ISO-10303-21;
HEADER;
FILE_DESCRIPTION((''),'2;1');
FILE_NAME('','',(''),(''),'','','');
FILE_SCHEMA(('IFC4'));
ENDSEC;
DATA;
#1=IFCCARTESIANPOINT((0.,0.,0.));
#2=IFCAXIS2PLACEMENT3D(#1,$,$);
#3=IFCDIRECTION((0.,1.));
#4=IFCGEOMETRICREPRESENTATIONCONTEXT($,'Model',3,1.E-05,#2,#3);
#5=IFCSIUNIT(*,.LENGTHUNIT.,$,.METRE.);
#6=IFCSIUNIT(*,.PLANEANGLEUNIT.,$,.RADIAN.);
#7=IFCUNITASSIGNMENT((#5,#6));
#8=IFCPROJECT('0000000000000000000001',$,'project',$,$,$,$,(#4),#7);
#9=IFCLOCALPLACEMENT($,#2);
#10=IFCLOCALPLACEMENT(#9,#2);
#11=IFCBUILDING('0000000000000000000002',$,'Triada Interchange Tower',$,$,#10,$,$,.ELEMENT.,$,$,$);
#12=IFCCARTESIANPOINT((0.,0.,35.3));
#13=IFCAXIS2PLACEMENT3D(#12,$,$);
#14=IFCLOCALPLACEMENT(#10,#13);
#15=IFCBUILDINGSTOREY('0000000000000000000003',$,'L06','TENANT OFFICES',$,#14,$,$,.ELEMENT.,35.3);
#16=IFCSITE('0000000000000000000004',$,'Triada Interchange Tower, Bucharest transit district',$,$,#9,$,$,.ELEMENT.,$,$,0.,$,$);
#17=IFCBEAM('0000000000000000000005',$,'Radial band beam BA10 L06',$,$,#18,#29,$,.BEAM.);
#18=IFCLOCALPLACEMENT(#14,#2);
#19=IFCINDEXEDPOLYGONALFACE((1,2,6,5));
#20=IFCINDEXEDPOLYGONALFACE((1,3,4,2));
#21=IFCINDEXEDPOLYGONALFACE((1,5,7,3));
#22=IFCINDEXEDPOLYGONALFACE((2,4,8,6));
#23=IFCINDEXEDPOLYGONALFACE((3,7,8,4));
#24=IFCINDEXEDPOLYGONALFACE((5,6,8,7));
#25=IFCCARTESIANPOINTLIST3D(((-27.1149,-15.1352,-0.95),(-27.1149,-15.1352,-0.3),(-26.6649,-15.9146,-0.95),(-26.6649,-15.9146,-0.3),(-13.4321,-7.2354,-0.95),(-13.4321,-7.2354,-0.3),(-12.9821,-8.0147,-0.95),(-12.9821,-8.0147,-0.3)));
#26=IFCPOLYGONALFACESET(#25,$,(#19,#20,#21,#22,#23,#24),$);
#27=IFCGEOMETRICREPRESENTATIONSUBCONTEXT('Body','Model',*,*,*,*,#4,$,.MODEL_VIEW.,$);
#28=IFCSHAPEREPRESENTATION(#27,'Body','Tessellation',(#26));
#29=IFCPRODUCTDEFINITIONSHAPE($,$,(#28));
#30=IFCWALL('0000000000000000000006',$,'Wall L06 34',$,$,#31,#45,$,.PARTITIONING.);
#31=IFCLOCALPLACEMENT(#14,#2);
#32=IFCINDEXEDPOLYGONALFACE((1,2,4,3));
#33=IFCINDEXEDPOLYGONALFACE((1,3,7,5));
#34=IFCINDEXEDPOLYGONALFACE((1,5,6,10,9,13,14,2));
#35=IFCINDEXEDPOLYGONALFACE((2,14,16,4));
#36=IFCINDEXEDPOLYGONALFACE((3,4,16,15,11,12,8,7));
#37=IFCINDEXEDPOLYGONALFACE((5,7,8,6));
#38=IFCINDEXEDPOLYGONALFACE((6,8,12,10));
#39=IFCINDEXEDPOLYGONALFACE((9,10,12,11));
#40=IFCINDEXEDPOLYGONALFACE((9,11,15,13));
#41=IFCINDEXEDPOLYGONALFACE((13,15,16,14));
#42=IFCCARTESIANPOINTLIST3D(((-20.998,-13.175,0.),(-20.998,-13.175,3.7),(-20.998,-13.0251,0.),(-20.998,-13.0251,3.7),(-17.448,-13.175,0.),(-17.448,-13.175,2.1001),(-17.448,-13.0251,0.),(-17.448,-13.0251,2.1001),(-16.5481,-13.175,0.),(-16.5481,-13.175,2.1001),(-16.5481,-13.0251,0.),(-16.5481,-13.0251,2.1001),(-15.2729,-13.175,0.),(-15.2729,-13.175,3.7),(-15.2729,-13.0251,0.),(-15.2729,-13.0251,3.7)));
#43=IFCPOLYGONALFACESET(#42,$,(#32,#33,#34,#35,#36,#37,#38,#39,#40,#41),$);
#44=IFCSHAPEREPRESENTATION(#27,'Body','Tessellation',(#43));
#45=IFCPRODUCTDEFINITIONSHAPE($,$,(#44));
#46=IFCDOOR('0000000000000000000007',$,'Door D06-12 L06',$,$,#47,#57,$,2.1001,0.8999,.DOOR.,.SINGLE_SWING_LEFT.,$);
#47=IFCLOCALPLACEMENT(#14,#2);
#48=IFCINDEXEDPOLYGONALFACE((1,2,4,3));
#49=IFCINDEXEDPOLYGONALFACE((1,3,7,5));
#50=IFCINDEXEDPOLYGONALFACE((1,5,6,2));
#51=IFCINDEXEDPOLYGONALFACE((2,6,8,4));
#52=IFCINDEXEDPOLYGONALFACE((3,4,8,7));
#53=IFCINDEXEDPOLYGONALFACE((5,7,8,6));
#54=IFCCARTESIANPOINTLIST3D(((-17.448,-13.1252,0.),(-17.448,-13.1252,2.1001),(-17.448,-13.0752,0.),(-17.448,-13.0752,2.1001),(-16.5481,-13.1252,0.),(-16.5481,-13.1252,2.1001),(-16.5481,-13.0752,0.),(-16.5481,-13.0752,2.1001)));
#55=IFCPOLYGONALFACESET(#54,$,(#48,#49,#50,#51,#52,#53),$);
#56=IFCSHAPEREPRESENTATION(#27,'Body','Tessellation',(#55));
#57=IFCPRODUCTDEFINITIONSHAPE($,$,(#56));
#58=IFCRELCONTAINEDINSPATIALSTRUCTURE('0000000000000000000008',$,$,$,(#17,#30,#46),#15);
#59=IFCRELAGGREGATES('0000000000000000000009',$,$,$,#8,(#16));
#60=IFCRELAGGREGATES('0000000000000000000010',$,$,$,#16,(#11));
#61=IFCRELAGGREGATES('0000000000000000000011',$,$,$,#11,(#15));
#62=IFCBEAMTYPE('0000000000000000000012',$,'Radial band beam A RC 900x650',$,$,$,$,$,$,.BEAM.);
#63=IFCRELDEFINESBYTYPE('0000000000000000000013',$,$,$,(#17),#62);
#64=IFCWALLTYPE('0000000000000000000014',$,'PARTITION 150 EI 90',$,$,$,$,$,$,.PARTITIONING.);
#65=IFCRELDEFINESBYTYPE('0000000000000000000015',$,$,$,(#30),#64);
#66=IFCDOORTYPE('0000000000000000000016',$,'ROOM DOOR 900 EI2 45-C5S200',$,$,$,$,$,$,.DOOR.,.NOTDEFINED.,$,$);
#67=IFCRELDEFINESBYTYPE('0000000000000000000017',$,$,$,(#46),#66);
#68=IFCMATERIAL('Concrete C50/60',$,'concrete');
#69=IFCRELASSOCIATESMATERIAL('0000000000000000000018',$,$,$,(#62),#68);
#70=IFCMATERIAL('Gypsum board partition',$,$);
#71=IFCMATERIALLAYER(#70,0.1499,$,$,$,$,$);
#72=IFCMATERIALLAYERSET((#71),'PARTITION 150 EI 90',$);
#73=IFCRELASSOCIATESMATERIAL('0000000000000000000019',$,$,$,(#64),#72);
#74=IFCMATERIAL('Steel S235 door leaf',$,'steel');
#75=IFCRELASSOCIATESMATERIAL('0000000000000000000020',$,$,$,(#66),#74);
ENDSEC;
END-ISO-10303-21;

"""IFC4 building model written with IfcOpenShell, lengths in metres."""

from ifc_helpers import new_model, si_unit, direction, frame, frame_2d, origin, origin_2d, place, context, subcontext, project, spatial, rectangle, extrude, material, layer, layer_set, material_profile, profile_set, type_object, element, fill, save


model = new_model("IFC4")

# Units and contexts
model_context = context("Model", 3, precision=1e-05, world=origin(), true_north=direction((0.0, 1.0)))
body_context = subcontext(model_context, "Body", "Model", "MODEL_VIEW")
ifc_project = project(units=[si_unit("LENGTHUNIT", "METRE"), si_unit("PLANEANGLEUNIT", "RADIAN")], contexts=[model_context])

# Site, building, storey
site_placement = place(None, origin())
site = spatial("IfcSite", under=ifc_project, at=site_placement, Name="Triada Interchange Tower, Bucharest transit district", CompositionType="ELEMENT", RefElevation=0.0)
building_placement = place(site_placement, origin())
building = spatial("IfcBuilding", under=site, at=building_placement, Name="Triada Interchange Tower", CompositionType="ELEMENT")
storey_placement = place(building_placement, frame((0.0, 0.0, 35.3)))
storey = spatial("IfcBuildingStorey", under=building, at=storey_placement, Name="L06", Description="TENANT OFFICES", CompositionType="ELEMENT", Elevation=35.3)

# Beam
ifc_material_1 = material(Name="Concrete C50/60", Category="concrete")
ifc_material_profile = material_profile(ifc_material_1, rectangle(XDim=0.8999, YDim=0.6499, at=origin_2d()), Name="RC 900x650")
ifc_profile_set = profile_set([ifc_material_profile], Name="Concrete C50/60")
beam_type = type_object("IfcBeamType", Name="Radial band beam A RC 900x650", PredefinedType="BEAM", material=ifc_profile_set)
beam_placement = place(storey_placement, frame((-26.8899, -15.5249, -0.625), z_axis=(0.866023, 0.500005, 0.0), x_axis=(-0.500005, 0.866023, 0.0)))
element("IfcBeam", 1, at=beam_placement, inside=storey, type_object=beam_type, Name="Radial band beam BA10 L06", PredefinedType="BEAM", context=body_context, shape_type="SweptSolid", body=[
    extrude(rectangle(XDim=0.8999, YDim=0.6499, at=origin_2d()), origin(), (0.0, 0.0, 1.0), 15.7996),
])

# Wall, opening, door
ifc_material_2 = material(Name="Gypsum board partition")
ifc_layer = layer(ifc_material_2, 0.1499)
ifc_layer_set = layer_set([ifc_layer], Name="PARTITION 150 EI 90")
wall_type = type_object("IfcWallType", Name="PARTITION 150 EI 90", PredefinedType="PARTITIONING", material=ifc_layer_set)
wall_placement = place(storey_placement, frame((-20.998, -13.1001, 0.0), z_axis=(0.0, 0.0, 1.0), x_axis=(1.0, 0.0, 0.0)))
wall = element("IfcWall", 2, at=wall_placement, inside=storey, type_object=wall_type, Name="Wall L06 34", PredefinedType="PARTITIONING", context=body_context, shape_type="SweptSolid", body=[
    extrude(rectangle(XDim=5.7251, YDim=0.1499, at=frame_2d((2.8625, 0.0))), origin(), (0.0, 0.0, 1.0), 3.7),
])
opening_placement = place(wall_placement, frame((3.55, 0.0, 0.0)))
opening = element("IfcOpeningElement", 3, at=opening_placement, cuts=wall, PredefinedType="OPENING", context=body_context, shape_type="SweptSolid", body=[
    extrude(rectangle(XDim=0.8999, YDim=2.1001, at=frame_2d((0.45, 1.05))), frame((0.0, 0.085, 0.0), z_axis=(0.0, -1.0, 0.0), x_axis=(1.0, 0.0, 0.0)), (0.0, 0.0, 1.0), 0.1699),
])
ifc_material_3 = material(Name="Steel S235 door leaf", Category="steel")
door_type = type_object("IfcDoorType", Name="ROOM DOOR 900 EI2 45-C5S200", OperationType="NOTDEFINED", PredefinedType="DOOR", material=ifc_material_3)
door_placement = place(opening_placement, origin())
door = element("IfcDoor", 4, at=door_placement, inside=storey, type_object=door_type, Name="Door D06-12 L06", OperationType="SINGLE_SWING_LEFT", OverallHeight=2.1001, OverallWidth=0.8999, PredefinedType="DOOR", context=body_context, shape_type="SweptSolid", body=[
    extrude(rectangle(XDim=0.8999, YDim=2.1001, at=frame_2d((0.45, 1.05))), frame((0.0, 0.0249, 0.0), z_axis=(0.0, -1.0, 0.0), x_axis=(1.0, 0.0, 0.0)), (0.0, 0.0, 1.0), 0.05),
])
fill(opening, door)

save(model, "model.ifc")
